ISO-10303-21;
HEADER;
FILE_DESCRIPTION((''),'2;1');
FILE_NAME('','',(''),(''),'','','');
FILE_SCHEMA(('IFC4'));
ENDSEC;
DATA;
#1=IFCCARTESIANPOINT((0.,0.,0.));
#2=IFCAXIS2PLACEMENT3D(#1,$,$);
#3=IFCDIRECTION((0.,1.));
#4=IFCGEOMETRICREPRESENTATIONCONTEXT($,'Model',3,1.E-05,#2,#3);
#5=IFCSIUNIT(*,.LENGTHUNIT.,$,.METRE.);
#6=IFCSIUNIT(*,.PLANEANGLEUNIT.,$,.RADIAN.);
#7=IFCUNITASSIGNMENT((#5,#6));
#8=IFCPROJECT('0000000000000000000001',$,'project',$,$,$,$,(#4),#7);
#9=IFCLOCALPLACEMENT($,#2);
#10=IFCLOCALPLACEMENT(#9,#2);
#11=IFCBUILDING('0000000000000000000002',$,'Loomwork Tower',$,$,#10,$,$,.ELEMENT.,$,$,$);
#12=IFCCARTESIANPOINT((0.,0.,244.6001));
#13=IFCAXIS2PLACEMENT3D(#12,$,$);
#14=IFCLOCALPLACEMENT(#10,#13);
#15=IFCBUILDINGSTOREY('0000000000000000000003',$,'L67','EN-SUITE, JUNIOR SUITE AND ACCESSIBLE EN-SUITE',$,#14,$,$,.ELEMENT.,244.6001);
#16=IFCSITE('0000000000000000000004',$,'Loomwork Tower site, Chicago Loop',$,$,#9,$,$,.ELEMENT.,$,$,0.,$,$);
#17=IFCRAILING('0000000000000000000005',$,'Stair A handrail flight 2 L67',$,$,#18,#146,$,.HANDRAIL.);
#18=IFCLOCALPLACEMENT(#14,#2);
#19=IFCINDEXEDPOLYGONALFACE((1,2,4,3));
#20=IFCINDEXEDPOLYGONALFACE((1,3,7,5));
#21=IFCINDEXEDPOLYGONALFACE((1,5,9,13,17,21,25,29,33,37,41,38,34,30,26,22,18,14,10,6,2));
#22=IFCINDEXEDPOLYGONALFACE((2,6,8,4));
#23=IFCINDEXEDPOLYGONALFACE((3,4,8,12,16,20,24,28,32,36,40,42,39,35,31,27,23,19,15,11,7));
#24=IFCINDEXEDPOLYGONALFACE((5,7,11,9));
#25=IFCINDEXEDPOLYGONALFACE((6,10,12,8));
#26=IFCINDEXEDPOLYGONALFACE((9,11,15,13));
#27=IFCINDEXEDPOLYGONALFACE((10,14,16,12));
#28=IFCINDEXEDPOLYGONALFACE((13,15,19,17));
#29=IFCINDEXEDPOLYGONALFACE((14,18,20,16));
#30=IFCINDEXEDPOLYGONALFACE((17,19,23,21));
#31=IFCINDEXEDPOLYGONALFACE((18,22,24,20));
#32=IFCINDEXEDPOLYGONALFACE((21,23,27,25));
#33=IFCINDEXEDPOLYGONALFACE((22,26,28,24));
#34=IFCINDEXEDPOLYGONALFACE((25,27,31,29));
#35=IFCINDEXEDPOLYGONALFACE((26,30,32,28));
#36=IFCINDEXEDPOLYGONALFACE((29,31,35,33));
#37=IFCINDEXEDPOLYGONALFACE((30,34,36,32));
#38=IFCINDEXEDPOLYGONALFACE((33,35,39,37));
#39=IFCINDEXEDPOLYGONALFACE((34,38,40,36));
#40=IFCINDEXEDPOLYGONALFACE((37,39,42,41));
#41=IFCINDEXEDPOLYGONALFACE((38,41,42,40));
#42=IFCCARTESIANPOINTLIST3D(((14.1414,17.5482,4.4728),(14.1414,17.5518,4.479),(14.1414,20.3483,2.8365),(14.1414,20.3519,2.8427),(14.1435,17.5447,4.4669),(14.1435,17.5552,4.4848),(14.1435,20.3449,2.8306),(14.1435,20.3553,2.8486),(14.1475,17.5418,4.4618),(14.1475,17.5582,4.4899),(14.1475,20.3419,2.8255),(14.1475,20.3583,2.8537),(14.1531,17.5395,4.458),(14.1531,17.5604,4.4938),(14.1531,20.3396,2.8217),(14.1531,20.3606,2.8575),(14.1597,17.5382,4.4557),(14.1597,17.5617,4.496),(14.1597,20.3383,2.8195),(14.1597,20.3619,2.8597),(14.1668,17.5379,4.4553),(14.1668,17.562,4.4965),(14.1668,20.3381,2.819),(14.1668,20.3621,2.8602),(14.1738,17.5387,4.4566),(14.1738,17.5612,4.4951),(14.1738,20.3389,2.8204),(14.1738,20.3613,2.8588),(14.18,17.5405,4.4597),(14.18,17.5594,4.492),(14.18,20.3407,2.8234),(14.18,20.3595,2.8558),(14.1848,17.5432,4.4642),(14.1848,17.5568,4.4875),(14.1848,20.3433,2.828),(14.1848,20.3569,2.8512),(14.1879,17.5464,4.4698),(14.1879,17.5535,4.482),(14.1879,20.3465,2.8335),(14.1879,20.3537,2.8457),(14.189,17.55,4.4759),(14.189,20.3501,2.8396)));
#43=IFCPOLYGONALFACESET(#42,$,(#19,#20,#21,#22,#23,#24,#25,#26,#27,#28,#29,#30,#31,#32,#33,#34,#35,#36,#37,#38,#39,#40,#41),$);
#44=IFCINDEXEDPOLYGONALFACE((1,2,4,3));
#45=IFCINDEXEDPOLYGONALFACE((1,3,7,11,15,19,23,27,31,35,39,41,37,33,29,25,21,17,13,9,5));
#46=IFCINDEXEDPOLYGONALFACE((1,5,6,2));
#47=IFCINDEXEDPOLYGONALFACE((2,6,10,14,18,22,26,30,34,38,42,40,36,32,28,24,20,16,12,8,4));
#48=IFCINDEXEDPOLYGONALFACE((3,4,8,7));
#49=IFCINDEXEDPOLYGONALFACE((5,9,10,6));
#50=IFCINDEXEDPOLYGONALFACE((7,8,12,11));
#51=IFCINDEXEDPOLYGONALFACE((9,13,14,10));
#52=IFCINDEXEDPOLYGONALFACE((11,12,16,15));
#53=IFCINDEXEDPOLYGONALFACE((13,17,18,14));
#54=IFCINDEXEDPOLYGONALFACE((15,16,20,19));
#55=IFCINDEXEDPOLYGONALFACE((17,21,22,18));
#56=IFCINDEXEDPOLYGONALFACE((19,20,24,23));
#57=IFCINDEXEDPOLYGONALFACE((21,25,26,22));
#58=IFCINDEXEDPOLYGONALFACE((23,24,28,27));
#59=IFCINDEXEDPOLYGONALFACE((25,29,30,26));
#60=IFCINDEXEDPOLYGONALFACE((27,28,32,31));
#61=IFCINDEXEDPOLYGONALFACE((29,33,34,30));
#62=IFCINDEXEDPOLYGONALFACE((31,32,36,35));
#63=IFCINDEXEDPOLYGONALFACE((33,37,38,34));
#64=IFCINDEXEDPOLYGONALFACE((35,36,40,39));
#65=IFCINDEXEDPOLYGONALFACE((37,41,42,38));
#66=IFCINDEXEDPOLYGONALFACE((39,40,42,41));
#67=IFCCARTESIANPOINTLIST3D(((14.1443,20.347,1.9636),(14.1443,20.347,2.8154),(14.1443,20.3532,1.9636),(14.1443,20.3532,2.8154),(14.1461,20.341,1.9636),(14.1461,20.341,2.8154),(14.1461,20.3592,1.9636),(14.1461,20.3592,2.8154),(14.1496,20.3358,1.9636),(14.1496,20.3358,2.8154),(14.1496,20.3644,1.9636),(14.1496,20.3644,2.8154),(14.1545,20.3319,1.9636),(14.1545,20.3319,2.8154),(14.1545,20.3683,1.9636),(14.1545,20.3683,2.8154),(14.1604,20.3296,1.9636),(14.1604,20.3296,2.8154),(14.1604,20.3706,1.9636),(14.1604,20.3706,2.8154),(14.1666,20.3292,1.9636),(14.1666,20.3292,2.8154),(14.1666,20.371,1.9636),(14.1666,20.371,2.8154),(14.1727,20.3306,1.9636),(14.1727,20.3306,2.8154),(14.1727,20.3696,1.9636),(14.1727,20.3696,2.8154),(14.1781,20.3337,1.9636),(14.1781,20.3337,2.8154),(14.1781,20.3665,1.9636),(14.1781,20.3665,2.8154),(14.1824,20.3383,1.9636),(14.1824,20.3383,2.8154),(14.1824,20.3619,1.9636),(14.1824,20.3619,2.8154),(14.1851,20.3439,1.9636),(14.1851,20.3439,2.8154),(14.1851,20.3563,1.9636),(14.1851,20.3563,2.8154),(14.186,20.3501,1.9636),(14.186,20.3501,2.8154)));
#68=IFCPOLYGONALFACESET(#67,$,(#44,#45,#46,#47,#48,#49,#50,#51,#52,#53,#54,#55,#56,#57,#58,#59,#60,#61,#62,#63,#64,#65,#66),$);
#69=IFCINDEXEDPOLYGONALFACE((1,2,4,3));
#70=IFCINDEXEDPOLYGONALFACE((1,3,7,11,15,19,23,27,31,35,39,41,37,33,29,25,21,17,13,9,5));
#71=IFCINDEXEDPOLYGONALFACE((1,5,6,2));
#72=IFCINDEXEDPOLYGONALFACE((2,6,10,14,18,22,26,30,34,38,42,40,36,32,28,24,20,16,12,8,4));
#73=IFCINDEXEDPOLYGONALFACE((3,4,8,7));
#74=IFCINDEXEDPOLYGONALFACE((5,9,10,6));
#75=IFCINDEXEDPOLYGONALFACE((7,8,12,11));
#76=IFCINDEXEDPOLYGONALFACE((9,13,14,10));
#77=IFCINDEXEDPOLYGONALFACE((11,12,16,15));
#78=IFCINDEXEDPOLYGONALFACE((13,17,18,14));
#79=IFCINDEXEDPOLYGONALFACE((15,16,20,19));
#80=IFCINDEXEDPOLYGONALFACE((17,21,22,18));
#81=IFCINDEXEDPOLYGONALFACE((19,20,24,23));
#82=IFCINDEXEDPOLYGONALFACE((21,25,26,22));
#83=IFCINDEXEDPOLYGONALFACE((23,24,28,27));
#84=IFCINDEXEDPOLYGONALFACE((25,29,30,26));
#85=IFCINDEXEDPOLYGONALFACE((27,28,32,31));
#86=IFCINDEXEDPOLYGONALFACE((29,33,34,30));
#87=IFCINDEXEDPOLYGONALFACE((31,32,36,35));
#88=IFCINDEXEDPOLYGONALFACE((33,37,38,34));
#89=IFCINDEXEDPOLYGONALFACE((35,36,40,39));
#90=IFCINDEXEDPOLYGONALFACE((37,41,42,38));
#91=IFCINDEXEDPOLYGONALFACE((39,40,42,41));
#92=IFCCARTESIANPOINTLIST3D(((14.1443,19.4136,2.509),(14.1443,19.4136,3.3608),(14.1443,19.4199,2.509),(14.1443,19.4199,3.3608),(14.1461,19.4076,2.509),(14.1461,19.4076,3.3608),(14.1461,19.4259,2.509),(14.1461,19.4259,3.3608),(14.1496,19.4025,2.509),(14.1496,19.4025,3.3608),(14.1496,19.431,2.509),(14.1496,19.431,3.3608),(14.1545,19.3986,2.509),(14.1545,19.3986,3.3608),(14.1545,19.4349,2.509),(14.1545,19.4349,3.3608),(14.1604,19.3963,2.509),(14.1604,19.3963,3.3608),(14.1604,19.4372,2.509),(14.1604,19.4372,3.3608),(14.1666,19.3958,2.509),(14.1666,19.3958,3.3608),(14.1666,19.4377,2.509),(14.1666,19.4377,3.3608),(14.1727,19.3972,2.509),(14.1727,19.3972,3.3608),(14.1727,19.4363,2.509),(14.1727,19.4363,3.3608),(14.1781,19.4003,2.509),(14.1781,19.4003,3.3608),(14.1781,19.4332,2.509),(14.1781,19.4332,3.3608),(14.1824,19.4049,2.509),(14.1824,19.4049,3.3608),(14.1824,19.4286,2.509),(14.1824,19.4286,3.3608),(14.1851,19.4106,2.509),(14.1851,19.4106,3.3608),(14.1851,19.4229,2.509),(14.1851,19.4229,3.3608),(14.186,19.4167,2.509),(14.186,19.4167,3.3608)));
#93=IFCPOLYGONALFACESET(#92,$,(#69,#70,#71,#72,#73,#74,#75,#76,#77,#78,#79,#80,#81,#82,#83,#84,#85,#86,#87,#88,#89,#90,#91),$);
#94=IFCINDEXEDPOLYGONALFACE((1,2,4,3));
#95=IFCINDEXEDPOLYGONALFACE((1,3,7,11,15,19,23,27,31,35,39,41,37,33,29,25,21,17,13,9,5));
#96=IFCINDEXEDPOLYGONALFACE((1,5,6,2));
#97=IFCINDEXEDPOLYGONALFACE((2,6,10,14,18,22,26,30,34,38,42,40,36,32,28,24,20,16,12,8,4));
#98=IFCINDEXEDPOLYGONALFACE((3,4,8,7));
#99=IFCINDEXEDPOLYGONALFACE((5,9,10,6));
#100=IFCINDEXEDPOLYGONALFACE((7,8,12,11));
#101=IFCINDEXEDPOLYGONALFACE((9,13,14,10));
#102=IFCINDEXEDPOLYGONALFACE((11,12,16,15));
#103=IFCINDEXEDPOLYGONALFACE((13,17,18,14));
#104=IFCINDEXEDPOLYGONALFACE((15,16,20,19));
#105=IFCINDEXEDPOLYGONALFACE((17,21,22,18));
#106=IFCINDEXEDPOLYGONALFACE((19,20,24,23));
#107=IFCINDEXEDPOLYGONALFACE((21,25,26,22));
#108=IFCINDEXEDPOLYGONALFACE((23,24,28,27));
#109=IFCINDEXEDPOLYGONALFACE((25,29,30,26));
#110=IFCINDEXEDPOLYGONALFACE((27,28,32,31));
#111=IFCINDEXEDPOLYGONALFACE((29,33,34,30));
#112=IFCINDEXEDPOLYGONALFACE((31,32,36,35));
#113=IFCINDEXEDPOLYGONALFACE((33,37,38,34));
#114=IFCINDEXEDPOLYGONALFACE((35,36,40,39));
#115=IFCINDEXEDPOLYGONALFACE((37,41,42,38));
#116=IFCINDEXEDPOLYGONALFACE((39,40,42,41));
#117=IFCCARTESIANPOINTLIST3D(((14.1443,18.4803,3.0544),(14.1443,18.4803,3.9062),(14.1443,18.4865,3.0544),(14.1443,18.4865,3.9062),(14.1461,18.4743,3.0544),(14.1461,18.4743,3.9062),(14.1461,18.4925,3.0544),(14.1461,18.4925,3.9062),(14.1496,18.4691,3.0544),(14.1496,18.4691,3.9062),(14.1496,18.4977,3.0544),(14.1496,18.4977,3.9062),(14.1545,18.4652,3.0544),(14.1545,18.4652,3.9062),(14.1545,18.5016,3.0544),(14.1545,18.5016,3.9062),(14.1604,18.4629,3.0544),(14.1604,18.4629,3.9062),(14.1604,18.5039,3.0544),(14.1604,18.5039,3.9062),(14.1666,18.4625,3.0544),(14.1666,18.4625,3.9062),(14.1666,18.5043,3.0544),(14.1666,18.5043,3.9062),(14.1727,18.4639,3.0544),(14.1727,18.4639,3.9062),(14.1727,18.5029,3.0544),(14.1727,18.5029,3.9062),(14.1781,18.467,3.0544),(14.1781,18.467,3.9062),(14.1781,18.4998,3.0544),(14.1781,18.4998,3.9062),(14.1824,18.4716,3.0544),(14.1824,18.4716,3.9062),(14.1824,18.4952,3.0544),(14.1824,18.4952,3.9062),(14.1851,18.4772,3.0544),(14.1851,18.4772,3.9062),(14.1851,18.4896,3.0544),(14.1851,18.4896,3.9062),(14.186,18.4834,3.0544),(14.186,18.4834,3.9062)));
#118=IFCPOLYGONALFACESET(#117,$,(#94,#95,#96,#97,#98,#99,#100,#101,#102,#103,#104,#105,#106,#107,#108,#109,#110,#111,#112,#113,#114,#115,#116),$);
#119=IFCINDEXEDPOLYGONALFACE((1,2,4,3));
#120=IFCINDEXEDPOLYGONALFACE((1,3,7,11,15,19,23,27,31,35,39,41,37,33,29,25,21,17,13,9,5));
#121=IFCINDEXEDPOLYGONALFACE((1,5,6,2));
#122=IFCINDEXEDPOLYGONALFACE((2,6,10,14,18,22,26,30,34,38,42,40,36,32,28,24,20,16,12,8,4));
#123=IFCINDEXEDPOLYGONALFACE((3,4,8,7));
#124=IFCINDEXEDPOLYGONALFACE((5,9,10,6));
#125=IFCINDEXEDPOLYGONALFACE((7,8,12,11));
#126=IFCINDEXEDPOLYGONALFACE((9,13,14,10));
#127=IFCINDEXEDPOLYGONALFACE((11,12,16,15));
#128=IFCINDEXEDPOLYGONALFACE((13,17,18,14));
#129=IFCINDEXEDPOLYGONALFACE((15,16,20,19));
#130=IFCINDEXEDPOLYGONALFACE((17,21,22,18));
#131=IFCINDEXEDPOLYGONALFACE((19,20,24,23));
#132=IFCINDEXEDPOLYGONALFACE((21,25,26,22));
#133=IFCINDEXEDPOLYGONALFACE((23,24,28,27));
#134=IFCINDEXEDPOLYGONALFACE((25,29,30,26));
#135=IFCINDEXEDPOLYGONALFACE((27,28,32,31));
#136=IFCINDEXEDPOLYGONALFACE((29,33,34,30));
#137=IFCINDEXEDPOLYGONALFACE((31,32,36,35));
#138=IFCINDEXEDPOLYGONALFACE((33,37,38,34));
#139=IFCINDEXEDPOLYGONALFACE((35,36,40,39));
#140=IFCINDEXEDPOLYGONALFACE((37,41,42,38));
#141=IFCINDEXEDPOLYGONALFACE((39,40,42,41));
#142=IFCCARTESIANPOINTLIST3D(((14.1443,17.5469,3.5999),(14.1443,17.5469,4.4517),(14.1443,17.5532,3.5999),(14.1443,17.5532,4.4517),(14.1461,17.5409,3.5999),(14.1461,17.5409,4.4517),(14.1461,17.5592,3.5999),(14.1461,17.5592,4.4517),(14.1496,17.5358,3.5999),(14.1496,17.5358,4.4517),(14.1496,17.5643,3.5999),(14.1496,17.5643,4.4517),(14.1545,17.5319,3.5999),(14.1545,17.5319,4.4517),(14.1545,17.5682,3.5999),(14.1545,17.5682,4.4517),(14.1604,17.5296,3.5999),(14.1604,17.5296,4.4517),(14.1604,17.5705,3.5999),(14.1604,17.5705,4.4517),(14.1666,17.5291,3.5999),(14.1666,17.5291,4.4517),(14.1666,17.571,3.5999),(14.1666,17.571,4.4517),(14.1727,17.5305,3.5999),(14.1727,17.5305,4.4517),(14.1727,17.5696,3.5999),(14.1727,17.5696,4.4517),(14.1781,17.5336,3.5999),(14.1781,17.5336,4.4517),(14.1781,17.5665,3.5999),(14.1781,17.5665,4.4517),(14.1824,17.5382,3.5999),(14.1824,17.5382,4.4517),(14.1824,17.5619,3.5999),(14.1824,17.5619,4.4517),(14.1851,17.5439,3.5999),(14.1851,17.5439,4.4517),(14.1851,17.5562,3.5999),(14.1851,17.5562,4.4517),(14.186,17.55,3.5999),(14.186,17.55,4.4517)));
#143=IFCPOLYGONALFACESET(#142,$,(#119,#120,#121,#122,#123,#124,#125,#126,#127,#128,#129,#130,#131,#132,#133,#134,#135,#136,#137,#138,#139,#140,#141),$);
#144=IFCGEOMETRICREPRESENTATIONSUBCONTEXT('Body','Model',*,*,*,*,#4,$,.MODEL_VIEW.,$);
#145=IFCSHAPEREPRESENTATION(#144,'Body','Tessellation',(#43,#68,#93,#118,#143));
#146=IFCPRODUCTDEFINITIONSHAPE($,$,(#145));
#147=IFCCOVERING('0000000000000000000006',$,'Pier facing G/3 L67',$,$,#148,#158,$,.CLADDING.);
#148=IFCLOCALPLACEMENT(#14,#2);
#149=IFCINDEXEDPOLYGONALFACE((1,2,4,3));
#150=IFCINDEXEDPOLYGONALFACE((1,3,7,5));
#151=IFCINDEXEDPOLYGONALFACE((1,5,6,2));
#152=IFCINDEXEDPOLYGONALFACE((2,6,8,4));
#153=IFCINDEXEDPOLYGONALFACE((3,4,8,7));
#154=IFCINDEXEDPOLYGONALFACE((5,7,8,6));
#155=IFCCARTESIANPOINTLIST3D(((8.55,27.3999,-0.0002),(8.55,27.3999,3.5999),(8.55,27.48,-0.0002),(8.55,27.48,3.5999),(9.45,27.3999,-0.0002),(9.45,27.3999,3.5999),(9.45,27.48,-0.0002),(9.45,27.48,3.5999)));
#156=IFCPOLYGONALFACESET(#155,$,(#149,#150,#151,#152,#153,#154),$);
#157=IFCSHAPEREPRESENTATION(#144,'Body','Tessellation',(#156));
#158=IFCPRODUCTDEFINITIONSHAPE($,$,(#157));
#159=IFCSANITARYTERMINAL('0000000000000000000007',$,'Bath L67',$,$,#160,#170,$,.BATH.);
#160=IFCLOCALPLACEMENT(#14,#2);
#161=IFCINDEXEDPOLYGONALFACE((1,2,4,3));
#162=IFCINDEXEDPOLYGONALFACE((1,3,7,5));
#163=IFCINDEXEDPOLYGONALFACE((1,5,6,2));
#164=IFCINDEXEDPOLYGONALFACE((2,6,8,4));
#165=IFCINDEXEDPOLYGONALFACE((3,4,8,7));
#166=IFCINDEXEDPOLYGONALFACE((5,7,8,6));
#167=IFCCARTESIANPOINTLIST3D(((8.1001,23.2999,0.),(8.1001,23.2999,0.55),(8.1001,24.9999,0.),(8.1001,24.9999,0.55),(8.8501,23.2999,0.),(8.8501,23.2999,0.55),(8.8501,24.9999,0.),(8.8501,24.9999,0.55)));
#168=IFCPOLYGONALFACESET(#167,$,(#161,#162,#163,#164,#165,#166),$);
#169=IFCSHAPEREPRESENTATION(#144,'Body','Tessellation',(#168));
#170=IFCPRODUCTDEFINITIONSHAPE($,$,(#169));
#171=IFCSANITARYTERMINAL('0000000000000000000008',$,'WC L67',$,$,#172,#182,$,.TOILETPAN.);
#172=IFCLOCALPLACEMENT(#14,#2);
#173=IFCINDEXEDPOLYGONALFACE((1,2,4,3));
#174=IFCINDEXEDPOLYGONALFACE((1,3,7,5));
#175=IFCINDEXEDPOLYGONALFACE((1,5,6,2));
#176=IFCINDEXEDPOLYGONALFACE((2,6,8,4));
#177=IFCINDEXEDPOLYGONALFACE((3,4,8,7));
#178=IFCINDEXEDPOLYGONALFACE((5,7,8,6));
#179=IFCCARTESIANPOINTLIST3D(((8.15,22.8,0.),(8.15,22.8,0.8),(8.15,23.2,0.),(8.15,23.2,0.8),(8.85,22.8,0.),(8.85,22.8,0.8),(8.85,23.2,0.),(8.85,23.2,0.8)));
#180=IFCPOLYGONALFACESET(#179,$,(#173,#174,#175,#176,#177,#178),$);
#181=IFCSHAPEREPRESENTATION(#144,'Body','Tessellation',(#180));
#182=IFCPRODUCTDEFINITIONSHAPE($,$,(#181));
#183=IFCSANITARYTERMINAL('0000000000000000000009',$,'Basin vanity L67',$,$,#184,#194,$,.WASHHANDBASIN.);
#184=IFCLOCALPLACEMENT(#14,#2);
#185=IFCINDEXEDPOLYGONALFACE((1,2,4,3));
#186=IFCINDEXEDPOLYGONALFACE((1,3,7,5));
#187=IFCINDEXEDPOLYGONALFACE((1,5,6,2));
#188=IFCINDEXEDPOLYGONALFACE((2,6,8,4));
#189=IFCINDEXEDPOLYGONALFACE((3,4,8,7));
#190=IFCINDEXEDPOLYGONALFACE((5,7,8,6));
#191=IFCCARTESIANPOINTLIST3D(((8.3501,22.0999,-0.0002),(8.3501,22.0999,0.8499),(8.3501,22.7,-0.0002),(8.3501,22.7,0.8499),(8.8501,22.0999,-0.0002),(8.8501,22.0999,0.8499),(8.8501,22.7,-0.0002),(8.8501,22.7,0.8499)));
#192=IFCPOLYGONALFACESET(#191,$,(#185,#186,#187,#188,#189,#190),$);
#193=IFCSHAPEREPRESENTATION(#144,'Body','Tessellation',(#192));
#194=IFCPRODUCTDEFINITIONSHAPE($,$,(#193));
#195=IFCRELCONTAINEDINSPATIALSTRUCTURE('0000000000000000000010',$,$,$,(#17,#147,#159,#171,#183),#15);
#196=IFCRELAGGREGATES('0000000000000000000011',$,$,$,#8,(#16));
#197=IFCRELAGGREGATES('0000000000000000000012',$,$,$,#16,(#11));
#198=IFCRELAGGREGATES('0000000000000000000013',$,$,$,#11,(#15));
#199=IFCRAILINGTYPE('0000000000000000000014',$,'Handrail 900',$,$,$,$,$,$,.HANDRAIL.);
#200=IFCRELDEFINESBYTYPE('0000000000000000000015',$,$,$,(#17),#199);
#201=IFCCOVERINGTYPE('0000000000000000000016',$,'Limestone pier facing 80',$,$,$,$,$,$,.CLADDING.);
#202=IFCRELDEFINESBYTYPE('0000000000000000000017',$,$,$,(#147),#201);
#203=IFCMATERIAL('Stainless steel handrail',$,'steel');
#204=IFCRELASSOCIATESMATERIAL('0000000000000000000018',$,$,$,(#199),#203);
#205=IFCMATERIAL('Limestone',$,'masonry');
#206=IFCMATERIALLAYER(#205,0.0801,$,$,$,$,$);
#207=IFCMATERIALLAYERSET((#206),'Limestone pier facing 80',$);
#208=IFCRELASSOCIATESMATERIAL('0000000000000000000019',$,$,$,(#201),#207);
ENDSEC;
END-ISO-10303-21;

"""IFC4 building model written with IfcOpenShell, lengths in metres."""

from ifc_helpers import new_model, si_unit, direction, frame, origin, origin_2d, place, context, subcontext, project, spatial, rectangle, circle, extrude, material, layer, layer_set, type_object, element, save


model = new_model("IFC4")

# Units and contexts
model_context = context("Model", 3, precision=1e-05, world=origin(), true_north=direction((0.0, 1.0)))
body_context = subcontext(model_context, "Body", "Model", "MODEL_VIEW")
ifc_project = project(units=[si_unit("LENGTHUNIT", "METRE"), si_unit("PLANEANGLEUNIT", "RADIAN")], contexts=[model_context])

# Site, building, storey
site_placement = place(None, origin())
site = spatial("IfcSite", under=ifc_project, at=site_placement, Name="Loomwork Tower site, Chicago Loop", CompositionType="ELEMENT", RefElevation=0.0)
building_placement = place(site_placement, origin())
building = spatial("IfcBuilding", under=site, at=building_placement, Name="Loomwork Tower", CompositionType="ELEMENT")
storey_placement = place(building_placement, frame((0.0, 0.0, 244.6001)))
storey = spatial("IfcBuildingStorey", under=building, at=storey_placement, Name="L67", Description="EN-SUITE, JUNIOR SUITE AND ACCESSIBLE EN-SUITE", CompositionType="ELEMENT", Elevation=244.6001)

# Railing
ifc_material_1 = material(Name="Stainless steel handrail", Category="steel")
railing_type = type_object("IfcRailingType", Name="Handrail 900", PredefinedType="HANDRAIL", material=ifc_material_1)
railing_placement = place(storey_placement, frame((14.165, 20.3501, 1.9636)))
element("IfcRailing", 1, at=railing_placement, inside=storey, type_object=railing_type, Name="Stair A handrail flight 2 L67", PredefinedType="HANDRAIL", context=body_context, shape_type="SweptSolid", body=[
    extrude(circle(Radius=0.0239, at=origin_2d()), frame((0.0, 0.0, 0.876), z_axis=(0.0, -0.863394, 0.504531), x_axis=(1.0, 0.0, 0.0)), (0.0, 0.0, 1.0), 3.2432),
    extrude(circle(Radius=0.021, at=origin_2d()), origin(), (0.0, 0.0, 1.0), 0.8518),
    extrude(circle(Radius=0.021, at=origin_2d()), frame((0.0, -0.9333, 0.5454)), (0.0, 0.0, 1.0), 0.8518),
    extrude(circle(Radius=0.021, at=origin_2d()), frame((0.0, -1.8667, 1.0908)), (0.0, 0.0, 1.0), 0.8518),
    extrude(circle(Radius=0.021, at=origin_2d()), frame((0.0, -2.8, 1.6362)), (0.0, 0.0, 1.0), 0.8518),
])

# Covering
ifc_material_2 = material(Name="Limestone", Category="masonry")
ifc_layer_1 = layer(ifc_material_2, 0.0801)
ifc_layer_set_1 = layer_set([ifc_layer_1], Name="Limestone pier facing 80")
covering_type = type_object("IfcCoveringType", Name="Limestone pier facing 80", PredefinedType="CLADDING", material=ifc_layer_set_1)
covering_placement = place(storey_placement, frame((9.0, 27.4399, -0.0002), z_axis=(0.0, 0.0, 1.0), x_axis=(1.0, 0.0, 0.0)))
element("IfcCovering", 2, at=covering_placement, inside=storey, type_object=covering_type, Name="Pier facing G/3 L67", PredefinedType="CLADDING", context=body_context, shape_type="SweptSolid", body=[
    extrude(rectangle(XDim=0.8999, YDim=0.0801, at=origin_2d()), origin(), (0.0, 0.0, 1.0), 3.6001),
])

# Sanitary terminals
sanitary_terminal_1_placement = place(storey_placement, frame((8.4751, 24.1499, 0.0), z_axis=(0.0, 0.0, 1.0), x_axis=(1.0, 0.0, 0.0)))
element("IfcSanitaryTerminal", 3, at=sanitary_terminal_1_placement, inside=storey, Name="Bath L67", PredefinedType="BATH", context=body_context, shape_type="SweptSolid", body=[
    extrude(rectangle(XDim=0.75, YDim=1.7, at=origin_2d()), origin(), (0.0, 0.0, 1.0), 0.55),
])
sanitary_terminal_2_placement = place(storey_placement, frame((8.5, 23.0, 0.0), z_axis=(0.0, 0.0, 1.0), x_axis=(1.0, 0.0, 0.0)))
element("IfcSanitaryTerminal", 4, at=sanitary_terminal_2_placement, inside=storey, Name="WC L67", PredefinedType="TOILETPAN", context=body_context, shape_type="SweptSolid", body=[
    extrude(rectangle(XDim=0.7, YDim=0.3999, at=origin_2d()), origin(), (0.0, 0.0, 1.0), 0.8),
])
sanitary_terminal_3_placement = place(storey_placement, frame((8.6001, 22.3999, -0.0002), z_axis=(0.0, 0.0, 1.0), x_axis=(1.0, 0.0, 0.0)))
element("IfcSanitaryTerminal", 5, at=sanitary_terminal_3_placement, inside=storey, Name="Basin vanity L67", PredefinedType="WASHHANDBASIN", context=body_context, shape_type="SweptSolid", body=[
    extrude(rectangle(XDim=0.5, YDim=0.6001, at=origin_2d()), origin(), (0.0, 0.0, 1.0), 0.8501),
])

save(model, "model.ifc")
